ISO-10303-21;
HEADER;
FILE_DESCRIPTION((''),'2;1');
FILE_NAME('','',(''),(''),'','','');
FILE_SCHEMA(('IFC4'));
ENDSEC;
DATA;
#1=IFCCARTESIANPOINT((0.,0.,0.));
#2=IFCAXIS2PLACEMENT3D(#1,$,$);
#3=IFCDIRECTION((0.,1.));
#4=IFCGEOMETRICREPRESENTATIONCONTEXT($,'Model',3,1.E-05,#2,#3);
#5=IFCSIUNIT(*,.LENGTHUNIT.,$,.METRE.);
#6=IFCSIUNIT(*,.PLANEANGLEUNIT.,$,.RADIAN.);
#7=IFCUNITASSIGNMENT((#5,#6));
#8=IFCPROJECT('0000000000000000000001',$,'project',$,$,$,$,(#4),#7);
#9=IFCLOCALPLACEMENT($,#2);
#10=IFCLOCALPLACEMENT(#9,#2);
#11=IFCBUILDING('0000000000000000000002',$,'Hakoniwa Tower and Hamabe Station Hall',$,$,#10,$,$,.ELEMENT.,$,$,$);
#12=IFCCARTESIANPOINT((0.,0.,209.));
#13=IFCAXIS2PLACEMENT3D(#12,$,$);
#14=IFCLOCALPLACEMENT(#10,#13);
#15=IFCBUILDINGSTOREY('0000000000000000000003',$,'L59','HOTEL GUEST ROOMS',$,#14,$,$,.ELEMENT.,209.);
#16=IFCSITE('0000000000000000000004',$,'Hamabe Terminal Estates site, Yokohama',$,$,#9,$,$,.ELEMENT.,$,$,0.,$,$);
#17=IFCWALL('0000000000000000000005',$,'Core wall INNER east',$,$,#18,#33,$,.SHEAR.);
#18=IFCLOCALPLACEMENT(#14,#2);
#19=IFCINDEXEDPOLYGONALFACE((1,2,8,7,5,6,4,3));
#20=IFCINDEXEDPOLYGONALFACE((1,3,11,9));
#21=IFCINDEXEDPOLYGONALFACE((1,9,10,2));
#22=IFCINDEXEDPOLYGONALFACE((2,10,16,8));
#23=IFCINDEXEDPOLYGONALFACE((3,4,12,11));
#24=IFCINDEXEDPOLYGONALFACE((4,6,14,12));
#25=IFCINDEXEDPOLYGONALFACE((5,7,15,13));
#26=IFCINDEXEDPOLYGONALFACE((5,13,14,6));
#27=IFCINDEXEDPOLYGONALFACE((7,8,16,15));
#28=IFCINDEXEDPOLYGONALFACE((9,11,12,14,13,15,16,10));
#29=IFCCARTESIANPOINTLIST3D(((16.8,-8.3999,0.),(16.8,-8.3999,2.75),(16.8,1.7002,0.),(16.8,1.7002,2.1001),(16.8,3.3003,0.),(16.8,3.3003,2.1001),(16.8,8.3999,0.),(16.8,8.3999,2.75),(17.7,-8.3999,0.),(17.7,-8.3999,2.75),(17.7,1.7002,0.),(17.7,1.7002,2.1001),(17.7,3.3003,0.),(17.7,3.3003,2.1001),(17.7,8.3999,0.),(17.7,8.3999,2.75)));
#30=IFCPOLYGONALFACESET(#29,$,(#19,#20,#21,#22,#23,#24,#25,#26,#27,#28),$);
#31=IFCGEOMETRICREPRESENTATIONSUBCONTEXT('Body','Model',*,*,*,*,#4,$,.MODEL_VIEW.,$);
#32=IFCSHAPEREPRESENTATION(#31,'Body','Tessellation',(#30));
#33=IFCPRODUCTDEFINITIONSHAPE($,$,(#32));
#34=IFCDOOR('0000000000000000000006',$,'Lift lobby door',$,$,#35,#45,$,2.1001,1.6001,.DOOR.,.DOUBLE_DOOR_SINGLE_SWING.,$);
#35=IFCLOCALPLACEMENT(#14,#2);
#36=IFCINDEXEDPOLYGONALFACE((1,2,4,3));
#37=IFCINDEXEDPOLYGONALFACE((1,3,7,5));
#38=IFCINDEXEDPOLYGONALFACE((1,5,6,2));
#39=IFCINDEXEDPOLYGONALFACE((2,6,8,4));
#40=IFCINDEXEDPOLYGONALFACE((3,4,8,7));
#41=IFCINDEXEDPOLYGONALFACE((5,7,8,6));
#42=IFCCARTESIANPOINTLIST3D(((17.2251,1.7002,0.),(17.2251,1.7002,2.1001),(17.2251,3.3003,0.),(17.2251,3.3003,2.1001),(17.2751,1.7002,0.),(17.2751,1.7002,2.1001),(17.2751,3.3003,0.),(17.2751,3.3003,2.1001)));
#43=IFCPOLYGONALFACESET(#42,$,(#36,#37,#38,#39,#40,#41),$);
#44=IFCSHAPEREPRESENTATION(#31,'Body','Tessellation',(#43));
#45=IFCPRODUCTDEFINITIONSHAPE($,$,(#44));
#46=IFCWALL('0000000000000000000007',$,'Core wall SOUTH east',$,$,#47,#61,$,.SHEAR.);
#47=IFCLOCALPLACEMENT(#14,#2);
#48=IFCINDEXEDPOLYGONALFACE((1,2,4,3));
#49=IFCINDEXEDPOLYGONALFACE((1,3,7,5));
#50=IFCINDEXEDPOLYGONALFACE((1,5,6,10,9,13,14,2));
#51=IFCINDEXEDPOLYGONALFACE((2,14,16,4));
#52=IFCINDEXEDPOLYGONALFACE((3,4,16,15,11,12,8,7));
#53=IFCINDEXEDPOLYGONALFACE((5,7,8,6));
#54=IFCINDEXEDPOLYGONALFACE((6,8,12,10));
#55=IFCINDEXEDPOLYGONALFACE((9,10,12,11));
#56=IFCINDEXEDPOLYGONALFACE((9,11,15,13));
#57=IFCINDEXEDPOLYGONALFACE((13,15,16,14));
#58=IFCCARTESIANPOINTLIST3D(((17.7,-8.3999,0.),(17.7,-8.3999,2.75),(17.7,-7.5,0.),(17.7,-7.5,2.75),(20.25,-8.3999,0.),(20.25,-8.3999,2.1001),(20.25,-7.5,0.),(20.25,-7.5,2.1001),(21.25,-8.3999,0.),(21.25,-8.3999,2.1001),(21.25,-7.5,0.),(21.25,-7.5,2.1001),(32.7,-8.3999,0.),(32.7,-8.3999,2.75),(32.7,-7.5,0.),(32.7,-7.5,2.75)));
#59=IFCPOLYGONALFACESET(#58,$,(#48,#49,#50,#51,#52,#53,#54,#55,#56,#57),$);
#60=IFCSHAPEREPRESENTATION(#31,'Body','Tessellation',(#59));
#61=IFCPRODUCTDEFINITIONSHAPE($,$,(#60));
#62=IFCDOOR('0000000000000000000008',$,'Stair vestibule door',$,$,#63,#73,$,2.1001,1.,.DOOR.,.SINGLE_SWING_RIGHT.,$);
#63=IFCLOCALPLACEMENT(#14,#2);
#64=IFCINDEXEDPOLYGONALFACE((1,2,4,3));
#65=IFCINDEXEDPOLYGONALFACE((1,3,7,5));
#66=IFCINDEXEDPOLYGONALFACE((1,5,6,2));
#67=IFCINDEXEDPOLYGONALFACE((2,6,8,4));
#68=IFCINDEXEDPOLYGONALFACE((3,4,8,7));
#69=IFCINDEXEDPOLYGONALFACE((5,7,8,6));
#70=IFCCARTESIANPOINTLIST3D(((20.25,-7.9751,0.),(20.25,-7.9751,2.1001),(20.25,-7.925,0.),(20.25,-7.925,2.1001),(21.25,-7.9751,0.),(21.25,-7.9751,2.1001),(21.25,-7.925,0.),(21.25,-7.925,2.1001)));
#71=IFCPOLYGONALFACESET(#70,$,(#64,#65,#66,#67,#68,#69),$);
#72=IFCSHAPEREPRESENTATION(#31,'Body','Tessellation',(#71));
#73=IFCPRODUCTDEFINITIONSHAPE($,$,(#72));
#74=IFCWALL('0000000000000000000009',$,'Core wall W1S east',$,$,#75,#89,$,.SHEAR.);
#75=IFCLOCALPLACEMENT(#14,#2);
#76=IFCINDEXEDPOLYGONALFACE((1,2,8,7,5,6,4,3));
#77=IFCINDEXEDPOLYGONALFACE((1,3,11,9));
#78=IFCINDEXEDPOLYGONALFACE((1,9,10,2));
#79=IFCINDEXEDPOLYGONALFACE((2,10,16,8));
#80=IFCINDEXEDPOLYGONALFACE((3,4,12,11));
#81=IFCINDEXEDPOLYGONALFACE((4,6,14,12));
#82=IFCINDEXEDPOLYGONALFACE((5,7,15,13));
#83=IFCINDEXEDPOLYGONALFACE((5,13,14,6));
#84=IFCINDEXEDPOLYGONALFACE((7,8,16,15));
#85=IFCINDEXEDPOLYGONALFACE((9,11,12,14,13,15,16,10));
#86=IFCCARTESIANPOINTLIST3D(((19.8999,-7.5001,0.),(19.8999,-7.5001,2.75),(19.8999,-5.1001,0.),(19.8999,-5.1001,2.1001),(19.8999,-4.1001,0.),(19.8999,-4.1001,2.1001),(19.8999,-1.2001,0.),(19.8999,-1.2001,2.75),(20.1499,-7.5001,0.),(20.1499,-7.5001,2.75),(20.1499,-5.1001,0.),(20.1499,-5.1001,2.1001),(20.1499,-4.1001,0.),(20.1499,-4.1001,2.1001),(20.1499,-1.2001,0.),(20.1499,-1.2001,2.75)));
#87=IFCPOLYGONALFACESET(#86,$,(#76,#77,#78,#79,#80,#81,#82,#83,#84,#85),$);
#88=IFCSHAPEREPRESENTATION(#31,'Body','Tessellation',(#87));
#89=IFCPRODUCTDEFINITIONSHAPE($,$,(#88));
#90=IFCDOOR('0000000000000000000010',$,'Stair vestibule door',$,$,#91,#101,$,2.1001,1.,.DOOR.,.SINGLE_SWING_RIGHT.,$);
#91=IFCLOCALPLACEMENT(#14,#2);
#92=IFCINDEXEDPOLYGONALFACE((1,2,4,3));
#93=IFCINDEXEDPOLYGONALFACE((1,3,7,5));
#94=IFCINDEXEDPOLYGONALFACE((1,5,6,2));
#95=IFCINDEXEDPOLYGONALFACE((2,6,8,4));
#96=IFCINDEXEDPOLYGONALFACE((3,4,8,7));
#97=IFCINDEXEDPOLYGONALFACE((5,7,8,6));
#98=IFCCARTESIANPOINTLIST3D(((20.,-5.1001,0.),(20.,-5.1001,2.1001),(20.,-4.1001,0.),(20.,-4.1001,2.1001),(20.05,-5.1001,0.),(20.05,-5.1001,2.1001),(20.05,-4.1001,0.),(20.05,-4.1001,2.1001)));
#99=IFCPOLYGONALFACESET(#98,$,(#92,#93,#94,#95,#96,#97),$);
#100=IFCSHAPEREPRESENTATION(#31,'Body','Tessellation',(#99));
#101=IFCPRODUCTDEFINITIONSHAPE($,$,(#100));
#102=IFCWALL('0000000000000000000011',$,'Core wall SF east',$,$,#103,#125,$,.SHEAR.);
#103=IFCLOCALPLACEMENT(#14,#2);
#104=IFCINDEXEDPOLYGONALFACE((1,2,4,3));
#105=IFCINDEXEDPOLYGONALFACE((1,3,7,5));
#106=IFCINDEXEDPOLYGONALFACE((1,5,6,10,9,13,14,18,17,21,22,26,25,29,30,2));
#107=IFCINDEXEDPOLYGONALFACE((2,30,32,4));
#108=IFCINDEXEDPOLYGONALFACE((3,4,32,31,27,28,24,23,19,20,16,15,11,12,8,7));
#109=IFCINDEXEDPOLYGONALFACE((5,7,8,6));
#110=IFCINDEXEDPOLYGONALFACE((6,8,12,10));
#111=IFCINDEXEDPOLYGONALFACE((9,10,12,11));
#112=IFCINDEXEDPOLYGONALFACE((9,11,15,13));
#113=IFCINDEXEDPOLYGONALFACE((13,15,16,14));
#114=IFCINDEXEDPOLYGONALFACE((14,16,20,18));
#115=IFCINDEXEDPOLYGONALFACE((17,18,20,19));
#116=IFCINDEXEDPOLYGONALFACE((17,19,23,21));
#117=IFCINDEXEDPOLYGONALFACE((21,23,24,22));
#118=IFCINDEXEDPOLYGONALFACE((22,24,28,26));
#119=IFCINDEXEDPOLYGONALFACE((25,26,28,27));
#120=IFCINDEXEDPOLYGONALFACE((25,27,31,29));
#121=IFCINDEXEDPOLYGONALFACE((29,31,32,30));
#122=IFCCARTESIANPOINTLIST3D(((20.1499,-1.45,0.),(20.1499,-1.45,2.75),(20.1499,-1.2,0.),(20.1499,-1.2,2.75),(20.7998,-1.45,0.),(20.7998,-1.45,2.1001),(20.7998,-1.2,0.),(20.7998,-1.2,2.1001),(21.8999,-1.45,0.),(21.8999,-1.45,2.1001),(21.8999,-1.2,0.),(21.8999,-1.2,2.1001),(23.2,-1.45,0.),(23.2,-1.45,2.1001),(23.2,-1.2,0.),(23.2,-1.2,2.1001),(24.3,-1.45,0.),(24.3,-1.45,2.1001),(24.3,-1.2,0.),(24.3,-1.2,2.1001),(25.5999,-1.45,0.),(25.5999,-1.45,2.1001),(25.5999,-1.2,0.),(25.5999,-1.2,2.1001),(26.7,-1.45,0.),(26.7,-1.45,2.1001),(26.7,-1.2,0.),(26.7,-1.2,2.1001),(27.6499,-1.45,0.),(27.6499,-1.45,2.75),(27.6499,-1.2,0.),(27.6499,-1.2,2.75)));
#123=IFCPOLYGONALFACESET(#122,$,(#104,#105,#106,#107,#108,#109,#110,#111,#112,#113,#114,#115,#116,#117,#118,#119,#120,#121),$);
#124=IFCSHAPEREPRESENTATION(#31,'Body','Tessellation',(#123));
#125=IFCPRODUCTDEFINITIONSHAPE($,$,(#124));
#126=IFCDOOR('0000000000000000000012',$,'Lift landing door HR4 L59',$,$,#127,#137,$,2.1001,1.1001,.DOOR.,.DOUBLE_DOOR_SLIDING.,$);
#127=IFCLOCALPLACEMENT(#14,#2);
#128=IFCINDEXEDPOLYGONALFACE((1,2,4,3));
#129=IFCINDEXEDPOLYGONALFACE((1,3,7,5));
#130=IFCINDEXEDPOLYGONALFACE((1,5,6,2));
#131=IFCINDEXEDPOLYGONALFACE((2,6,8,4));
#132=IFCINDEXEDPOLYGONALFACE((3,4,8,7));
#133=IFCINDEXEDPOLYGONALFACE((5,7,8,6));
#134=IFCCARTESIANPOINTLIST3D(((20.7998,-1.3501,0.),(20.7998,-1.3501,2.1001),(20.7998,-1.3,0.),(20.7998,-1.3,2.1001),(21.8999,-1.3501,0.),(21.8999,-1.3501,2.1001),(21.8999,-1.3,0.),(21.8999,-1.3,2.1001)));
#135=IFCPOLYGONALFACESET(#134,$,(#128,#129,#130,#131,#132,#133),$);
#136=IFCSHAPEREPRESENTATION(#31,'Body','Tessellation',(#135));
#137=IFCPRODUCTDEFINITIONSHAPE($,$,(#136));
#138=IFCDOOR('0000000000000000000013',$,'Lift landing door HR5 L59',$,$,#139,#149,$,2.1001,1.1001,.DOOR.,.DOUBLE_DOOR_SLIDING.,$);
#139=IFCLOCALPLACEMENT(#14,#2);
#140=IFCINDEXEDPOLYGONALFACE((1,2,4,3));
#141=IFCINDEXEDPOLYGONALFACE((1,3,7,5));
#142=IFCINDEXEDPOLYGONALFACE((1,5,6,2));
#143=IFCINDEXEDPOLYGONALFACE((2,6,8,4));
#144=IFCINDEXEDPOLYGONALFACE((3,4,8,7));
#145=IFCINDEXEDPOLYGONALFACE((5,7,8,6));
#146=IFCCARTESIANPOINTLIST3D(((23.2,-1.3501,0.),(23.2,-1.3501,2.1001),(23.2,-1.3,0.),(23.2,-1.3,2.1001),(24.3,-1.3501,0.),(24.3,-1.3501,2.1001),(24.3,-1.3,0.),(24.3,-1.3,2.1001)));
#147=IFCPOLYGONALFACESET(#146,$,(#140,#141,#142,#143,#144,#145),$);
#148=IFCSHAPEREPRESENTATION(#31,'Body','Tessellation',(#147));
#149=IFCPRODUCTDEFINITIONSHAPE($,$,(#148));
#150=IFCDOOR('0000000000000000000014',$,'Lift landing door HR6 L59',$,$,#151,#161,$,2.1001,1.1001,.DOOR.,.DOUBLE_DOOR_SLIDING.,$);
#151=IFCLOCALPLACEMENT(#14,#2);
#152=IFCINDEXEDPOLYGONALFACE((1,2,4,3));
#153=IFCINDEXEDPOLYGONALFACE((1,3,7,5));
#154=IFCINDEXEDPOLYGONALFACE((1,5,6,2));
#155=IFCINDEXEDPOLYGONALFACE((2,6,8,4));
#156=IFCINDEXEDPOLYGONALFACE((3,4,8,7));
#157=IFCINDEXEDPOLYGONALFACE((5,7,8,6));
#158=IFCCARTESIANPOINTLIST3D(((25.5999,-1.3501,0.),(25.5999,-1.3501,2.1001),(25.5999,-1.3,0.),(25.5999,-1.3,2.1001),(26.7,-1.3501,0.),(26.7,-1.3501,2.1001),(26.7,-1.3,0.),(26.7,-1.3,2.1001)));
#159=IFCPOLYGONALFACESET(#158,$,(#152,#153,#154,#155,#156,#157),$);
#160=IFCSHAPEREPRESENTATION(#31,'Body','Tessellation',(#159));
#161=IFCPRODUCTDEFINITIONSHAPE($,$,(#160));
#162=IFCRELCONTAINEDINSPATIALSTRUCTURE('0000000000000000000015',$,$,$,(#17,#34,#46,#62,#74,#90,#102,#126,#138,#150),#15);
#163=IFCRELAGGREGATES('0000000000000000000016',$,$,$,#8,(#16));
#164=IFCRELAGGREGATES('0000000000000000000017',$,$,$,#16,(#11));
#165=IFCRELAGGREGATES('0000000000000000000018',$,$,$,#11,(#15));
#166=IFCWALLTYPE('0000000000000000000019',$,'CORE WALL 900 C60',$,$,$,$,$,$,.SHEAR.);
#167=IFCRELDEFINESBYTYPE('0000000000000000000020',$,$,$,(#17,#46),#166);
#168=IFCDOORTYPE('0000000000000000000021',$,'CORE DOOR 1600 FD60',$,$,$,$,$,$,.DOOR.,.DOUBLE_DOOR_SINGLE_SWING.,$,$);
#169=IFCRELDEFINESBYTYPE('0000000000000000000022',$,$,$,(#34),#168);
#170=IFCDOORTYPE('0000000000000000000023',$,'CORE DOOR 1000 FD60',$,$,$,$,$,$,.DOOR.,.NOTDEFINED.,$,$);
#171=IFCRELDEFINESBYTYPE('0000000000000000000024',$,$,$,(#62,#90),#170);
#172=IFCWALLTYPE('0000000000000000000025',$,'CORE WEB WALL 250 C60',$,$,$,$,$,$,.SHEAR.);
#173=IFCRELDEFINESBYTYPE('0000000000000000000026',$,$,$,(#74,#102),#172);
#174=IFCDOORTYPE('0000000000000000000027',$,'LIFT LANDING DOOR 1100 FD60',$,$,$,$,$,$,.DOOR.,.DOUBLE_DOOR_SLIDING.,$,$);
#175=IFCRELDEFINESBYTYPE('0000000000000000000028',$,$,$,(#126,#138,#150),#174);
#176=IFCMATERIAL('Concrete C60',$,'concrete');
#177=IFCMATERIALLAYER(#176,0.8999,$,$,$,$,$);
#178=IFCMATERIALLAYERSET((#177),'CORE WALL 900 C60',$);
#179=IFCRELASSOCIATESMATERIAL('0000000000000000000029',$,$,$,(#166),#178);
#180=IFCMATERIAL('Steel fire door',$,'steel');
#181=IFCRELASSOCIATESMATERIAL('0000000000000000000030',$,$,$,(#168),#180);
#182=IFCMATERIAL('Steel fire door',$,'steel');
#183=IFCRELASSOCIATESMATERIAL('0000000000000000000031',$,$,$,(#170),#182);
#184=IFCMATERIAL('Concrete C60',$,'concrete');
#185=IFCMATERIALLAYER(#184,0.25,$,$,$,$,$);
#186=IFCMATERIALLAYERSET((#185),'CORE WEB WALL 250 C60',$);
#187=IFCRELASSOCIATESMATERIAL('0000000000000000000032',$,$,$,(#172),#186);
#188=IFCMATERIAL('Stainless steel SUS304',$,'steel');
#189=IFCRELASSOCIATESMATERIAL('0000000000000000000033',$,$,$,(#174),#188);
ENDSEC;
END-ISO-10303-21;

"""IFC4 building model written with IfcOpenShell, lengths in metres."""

from ifc_helpers import new_model, si_unit, direction, frame, frame_2d, origin, place, context, subcontext, project, spatial, rectangle, extrude, material, layer, layer_set, type_object, element, fill, save


model = new_model("IFC4")

# Units and contexts
model_context = context("Model", 3, precision=1e-05, world=origin(), true_north=direction((0.0, 1.0)))
body_context = subcontext(model_context, "Body", "Model", "MODEL_VIEW")
ifc_project = project(units=[si_unit("LENGTHUNIT", "METRE"), si_unit("PLANEANGLEUNIT", "RADIAN")], contexts=[model_context])

# Site, building, storey
site_placement = place(None, origin())
site = spatial("IfcSite", under=ifc_project, at=site_placement, Name="Hamabe Terminal Estates site, Yokohama", CompositionType="ELEMENT", RefElevation=0.0)
building_placement = place(site_placement, origin())
building = spatial("IfcBuilding", under=site, at=building_placement, Name="Hakoniwa Tower and Hamabe Station Hall", CompositionType="ELEMENT")
storey_placement = place(building_placement, frame((0.0, 0.0, 209.0)))
storey = spatial("IfcBuildingStorey", under=building, at=storey_placement, Name="L59", Description="HOTEL GUEST ROOMS", CompositionType="ELEMENT", Elevation=209.0)

# Walls, openings, doors
ifc_material_1 = material(Name="Concrete C60", Category="concrete")
ifc_layer_1 = layer(ifc_material_1, 0.8999)
ifc_layer_set_1 = layer_set([ifc_layer_1], Name="CORE WALL 900 C60")
wall_type_1 = type_object("IfcWallType", Name="CORE WALL 900 C60", PredefinedType="SHEAR", material=ifc_layer_set_1)
wall_1_placement = place(storey_placement, frame((17.25, -8.3999, 0.0), z_axis=(0.0, 0.0, 1.0), x_axis=(0.0, 1.0, 0.0)))
wall_1 = element("IfcWall", 1, at=wall_1_placement, inside=storey, type_object=wall_type_1, Name="Core wall INNER east", PredefinedType="SHEAR", context=body_context, shape_type="SweptSolid", body=[
    extrude(rectangle(XDim=16.7998, YDim=0.8999, at=frame_2d((8.3999, 0.0))), origin(), (0.0, 0.0, 1.0), 2.75),
])
opening_1_placement = place(wall_1_placement, frame((10.1001, 0.0, 0.0)))
opening_1 = element("IfcOpeningElement", 2, at=opening_1_placement, cuts=wall_1, PredefinedType="OPENING", context=body_context, shape_type="SweptSolid", body=[
    extrude(rectangle(XDim=1.6001, YDim=2.1001, at=frame_2d((0.8, 1.05))), frame((0.0, 0.46, 0.0), z_axis=(0.0, -1.0, 0.0), x_axis=(1.0, 0.0, 0.0)), (0.0, 0.0, 1.0), 0.9199),
])
ifc_material_2 = material(Name="Steel fire door", Category="steel")
door_type_1 = type_object("IfcDoorType", Name="CORE DOOR 1600 FD60", OperationType="DOUBLE_DOOR_SINGLE_SWING", PredefinedType="DOOR", material=ifc_material_2)
door_1_placement = place(opening_1_placement, origin())
door_1 = element("IfcDoor", 3, at=door_1_placement, inside=storey, type_object=door_type_1, Name="Lift lobby door", OperationType="DOUBLE_DOOR_SINGLE_SWING", OverallHeight=2.1001, OverallWidth=1.6001, PredefinedType="DOOR", context=body_context, shape_type="SweptSolid", body=[
    extrude(rectangle(XDim=1.6001, YDim=2.1001, at=frame_2d((0.8, 1.05))), frame((0.0, 0.0249, 0.0), z_axis=(0.0, -1.0, 0.0), x_axis=(1.0, 0.0, 0.0)), (0.0, 0.0, 1.0), 0.05),
])
fill(opening_1, door_1)
wall_2_placement = place(storey_placement, frame((17.7, -7.95, 0.0), z_axis=(0.0, 0.0, 1.0), x_axis=(1.0, 0.0, 0.0)))
wall_2 = element("IfcWall", 4, at=wall_2_placement, inside=storey, type_object=wall_type_1, Name="Core wall SOUTH east", PredefinedType="SHEAR", context=body_context, shape_type="SweptSolid", body=[
    extrude(rectangle(XDim=15.0, YDim=0.8999, at=frame_2d((7.5, 0.0))), origin(), (0.0, 0.0, 1.0), 2.75),
])
opening_2_placement = place(wall_2_placement, frame((2.55, 0.0, 0.0)))
opening_2 = element("IfcOpeningElement", 5, at=opening_2_placement, cuts=wall_2, PredefinedType="OPENING", context=body_context, shape_type="SweptSolid", body=[
    extrude(rectangle(XDim=1.0, YDim=2.1001, at=frame_2d((0.5, 1.05))), frame((0.0, 0.46, 0.0), z_axis=(0.0, -1.0, 0.0), x_axis=(1.0, 0.0, 0.0)), (0.0, 0.0, 1.0), 0.9199),
])
ifc_material_3 = material(Name="Steel fire door", Category="steel")
door_type_2 = type_object("IfcDoorType", Name="CORE DOOR 1000 FD60", OperationType="NOTDEFINED", PredefinedType="DOOR", material=ifc_material_3)
door_2_placement = place(opening_2_placement, origin())
door_2 = element("IfcDoor", 6, at=door_2_placement, inside=storey, type_object=door_type_2, Name="Stair vestibule door", OperationType="SINGLE_SWING_RIGHT", OverallHeight=2.1001, OverallWidth=1.0, PredefinedType="DOOR", context=body_context, shape_type="SweptSolid", body=[
    extrude(rectangle(XDim=1.0, YDim=2.1001, at=frame_2d((0.5, 1.05))), frame((0.0, 0.0249, 0.0), z_axis=(0.0, -1.0, 0.0), x_axis=(1.0, 0.0, 0.0)), (0.0, 0.0, 1.0), 0.05),
])
fill(opening_2, door_2)
ifc_material_4 = material(Name="Concrete C60", Category="concrete")
ifc_layer_2 = layer(ifc_material_4, 0.25)
ifc_layer_set_2 = layer_set([ifc_layer_2], Name="CORE WEB WALL 250 C60")
wall_type_2 = type_object("IfcWallType", Name="CORE WEB WALL 250 C60", PredefinedType="SHEAR", material=ifc_layer_set_2)
wall_3_placement = place(storey_placement, frame((20.0249, -7.5, 0.0), z_axis=(0.0, 0.0, 1.0), x_axis=(0.0, 1.0, 0.0)))
wall_3 = element("IfcWall", 7, at=wall_3_placement, inside=storey, type_object=wall_type_2, Name="Core wall W1S east", PredefinedType="SHEAR", context=body_context, shape_type="SweptSolid", body=[
    extrude(rectangle(XDim=6.3, YDim=0.25, at=frame_2d((3.1499, 0.0))), origin(), (0.0, 0.0, 1.0), 2.75),
])
opening_3_placement = place(wall_3_placement, frame((2.3999, 0.0, 0.0)))
opening_3 = element("IfcOpeningElement", 8, at=opening_3_placement, cuts=wall_3, PredefinedType="OPENING", context=body_context, shape_type="SweptSolid", body=[
    extrude(rectangle(XDim=1.0, YDim=2.1001, at=frame_2d((0.5, 1.05))), frame((0.0, 0.135, 0.0), z_axis=(0.0, -1.0, 0.0), x_axis=(1.0, 0.0, 0.0)), (0.0, 0.0, 1.0), 0.27),
])
door_3_placement = place(opening_3_placement, origin())
door_3 = element("IfcDoor", 9, at=door_3_placement, inside=storey, type_object=door_type_2, Name="Stair vestibule door", OperationType="SINGLE_SWING_RIGHT", OverallHeight=2.1001, OverallWidth=1.0, PredefinedType="DOOR", context=body_context, shape_type="SweptSolid", body=[
    extrude(rectangle(XDim=1.0, YDim=2.1001, at=frame_2d((0.5, 1.05))), frame((0.0, 0.0249, 0.0), z_axis=(0.0, -1.0, 0.0), x_axis=(1.0, 0.0, 0.0)), (0.0, 0.0, 1.0), 0.05),
])
fill(opening_3, door_3)

# Wall, openings, doors
wall_4_placement = place(storey_placement, frame((20.1499, -1.325, 0.0), z_axis=(0.0, 0.0, 1.0), x_axis=(1.0, 0.0, 0.0)))
wall_4 = element("IfcWall", 10, at=wall_4_placement, inside=storey, type_object=wall_type_2, Name="Core wall SF east", PredefinedType="SHEAR", context=body_context, shape_type="SweptSolid", body=[
    extrude(rectangle(XDim=7.5, YDim=0.25, at=frame_2d((3.75, 0.0))), origin(), (0.0, 0.0, 1.0), 2.75),
])
opening_4_placement = place(wall_4_placement, frame((0.6499, 0.0, 0.0)))
opening_4 = element("IfcOpeningElement", 11, at=opening_4_placement, cuts=wall_4, PredefinedType="OPENING", context=body_context, shape_type="SweptSolid", body=[
    extrude(rectangle(XDim=1.1001, YDim=2.1001, at=frame_2d((0.55, 1.05))), frame((0.0, 0.135, 0.0), z_axis=(0.0, -1.0, 0.0), x_axis=(1.0, 0.0, 0.0)), (0.0, 0.0, 1.0), 0.27),
])
opening_5_placement = place(wall_4_placement, frame((3.05, 0.0, 0.0)))
opening_5 = element("IfcOpeningElement", 12, at=opening_5_placement, cuts=wall_4, PredefinedType="OPENING", context=body_context, shape_type="SweptSolid", body=[
    extrude(rectangle(XDim=1.1001, YDim=2.1001, at=frame_2d((0.55, 1.05))), frame((0.0, 0.135, 0.0), z_axis=(0.0, -1.0, 0.0), x_axis=(1.0, 0.0, 0.0)), (0.0, 0.0, 1.0), 0.27),
])
opening_6_placement = place(wall_4_placement, frame((5.45, 0.0, 0.0)))
opening_6 = element("IfcOpeningElement", 13, at=opening_6_placement, cuts=wall_4, PredefinedType="OPENING", context=body_context, shape_type="SweptSolid", body=[
    extrude(rectangle(XDim=1.1001, YDim=2.1001, at=frame_2d((0.55, 1.05))), frame((0.0, 0.135, 0.0), z_axis=(0.0, -1.0, 0.0), x_axis=(1.0, 0.0, 0.0)), (0.0, 0.0, 1.0), 0.27),
])
ifc_material_5 = material(Name="Stainless steel SUS304", Category="steel")
door_type_3 = type_object("IfcDoorType", Name="LIFT LANDING DOOR 1100 FD60", OperationType="DOUBLE_DOOR_SLIDING", PredefinedType="DOOR", material=ifc_material_5)
door_4_placement = place(opening_4_placement, origin())
door_4 = element("IfcDoor", 14, at=door_4_placement, inside=storey, type_object=door_type_3, Name="Lift landing door HR4 L59", OperationType="DOUBLE_DOOR_SLIDING", OverallHeight=2.1001, OverallWidth=1.1001, PredefinedType="DOOR", context=body_context, shape_type="SweptSolid", body=[
    extrude(rectangle(XDim=1.1001, YDim=2.1001, at=frame_2d((0.55, 1.05))), frame((0.0, 0.0249, 0.0), z_axis=(0.0, -1.0, 0.0), x_axis=(1.0, 0.0, 0.0)), (0.0, 0.0, 1.0), 0.05),
])
fill(opening_4, door_4)
door_5_placement = place(opening_5_placement, origin())
door_5 = element("IfcDoor", 15, at=door_5_placement, inside=storey, type_object=door_type_3, Name="Lift landing door HR5 L59", OperationType="DOUBLE_DOOR_SLIDING", OverallHeight=2.1001, OverallWidth=1.1001, PredefinedType="DOOR", context=body_context, shape_type="SweptSolid", body=[
    extrude(rectangle(XDim=1.1001, YDim=2.1001, at=frame_2d((0.55, 1.05))), frame((0.0, 0.0249, 0.0), z_axis=(0.0, -1.0, 0.0), x_axis=(1.0, 0.0, 0.0)), (0.0, 0.0, 1.0), 0.05),
])
fill(opening_5, door_5)
door_6_placement = place(opening_6_placement, origin())
door_6 = element("IfcDoor", 16, at=door_6_placement, inside=storey, type_object=door_type_3, Name="Lift landing door HR6 L59", OperationType="DOUBLE_DOOR_SLIDING", OverallHeight=2.1001, OverallWidth=1.1001, PredefinedType="DOOR", context=body_context, shape_type="SweptSolid", body=[
    extrude(rectangle(XDim=1.1001, YDim=2.1001, at=frame_2d((0.55, 1.05))), frame((0.0, 0.0249, 0.0), z_axis=(0.0, -1.0, 0.0), x_axis=(1.0, 0.0, 0.0)), (0.0, 0.0, 1.0), 0.05),
])
fill(opening_6, door_6)

save(model, "model.ifc")
